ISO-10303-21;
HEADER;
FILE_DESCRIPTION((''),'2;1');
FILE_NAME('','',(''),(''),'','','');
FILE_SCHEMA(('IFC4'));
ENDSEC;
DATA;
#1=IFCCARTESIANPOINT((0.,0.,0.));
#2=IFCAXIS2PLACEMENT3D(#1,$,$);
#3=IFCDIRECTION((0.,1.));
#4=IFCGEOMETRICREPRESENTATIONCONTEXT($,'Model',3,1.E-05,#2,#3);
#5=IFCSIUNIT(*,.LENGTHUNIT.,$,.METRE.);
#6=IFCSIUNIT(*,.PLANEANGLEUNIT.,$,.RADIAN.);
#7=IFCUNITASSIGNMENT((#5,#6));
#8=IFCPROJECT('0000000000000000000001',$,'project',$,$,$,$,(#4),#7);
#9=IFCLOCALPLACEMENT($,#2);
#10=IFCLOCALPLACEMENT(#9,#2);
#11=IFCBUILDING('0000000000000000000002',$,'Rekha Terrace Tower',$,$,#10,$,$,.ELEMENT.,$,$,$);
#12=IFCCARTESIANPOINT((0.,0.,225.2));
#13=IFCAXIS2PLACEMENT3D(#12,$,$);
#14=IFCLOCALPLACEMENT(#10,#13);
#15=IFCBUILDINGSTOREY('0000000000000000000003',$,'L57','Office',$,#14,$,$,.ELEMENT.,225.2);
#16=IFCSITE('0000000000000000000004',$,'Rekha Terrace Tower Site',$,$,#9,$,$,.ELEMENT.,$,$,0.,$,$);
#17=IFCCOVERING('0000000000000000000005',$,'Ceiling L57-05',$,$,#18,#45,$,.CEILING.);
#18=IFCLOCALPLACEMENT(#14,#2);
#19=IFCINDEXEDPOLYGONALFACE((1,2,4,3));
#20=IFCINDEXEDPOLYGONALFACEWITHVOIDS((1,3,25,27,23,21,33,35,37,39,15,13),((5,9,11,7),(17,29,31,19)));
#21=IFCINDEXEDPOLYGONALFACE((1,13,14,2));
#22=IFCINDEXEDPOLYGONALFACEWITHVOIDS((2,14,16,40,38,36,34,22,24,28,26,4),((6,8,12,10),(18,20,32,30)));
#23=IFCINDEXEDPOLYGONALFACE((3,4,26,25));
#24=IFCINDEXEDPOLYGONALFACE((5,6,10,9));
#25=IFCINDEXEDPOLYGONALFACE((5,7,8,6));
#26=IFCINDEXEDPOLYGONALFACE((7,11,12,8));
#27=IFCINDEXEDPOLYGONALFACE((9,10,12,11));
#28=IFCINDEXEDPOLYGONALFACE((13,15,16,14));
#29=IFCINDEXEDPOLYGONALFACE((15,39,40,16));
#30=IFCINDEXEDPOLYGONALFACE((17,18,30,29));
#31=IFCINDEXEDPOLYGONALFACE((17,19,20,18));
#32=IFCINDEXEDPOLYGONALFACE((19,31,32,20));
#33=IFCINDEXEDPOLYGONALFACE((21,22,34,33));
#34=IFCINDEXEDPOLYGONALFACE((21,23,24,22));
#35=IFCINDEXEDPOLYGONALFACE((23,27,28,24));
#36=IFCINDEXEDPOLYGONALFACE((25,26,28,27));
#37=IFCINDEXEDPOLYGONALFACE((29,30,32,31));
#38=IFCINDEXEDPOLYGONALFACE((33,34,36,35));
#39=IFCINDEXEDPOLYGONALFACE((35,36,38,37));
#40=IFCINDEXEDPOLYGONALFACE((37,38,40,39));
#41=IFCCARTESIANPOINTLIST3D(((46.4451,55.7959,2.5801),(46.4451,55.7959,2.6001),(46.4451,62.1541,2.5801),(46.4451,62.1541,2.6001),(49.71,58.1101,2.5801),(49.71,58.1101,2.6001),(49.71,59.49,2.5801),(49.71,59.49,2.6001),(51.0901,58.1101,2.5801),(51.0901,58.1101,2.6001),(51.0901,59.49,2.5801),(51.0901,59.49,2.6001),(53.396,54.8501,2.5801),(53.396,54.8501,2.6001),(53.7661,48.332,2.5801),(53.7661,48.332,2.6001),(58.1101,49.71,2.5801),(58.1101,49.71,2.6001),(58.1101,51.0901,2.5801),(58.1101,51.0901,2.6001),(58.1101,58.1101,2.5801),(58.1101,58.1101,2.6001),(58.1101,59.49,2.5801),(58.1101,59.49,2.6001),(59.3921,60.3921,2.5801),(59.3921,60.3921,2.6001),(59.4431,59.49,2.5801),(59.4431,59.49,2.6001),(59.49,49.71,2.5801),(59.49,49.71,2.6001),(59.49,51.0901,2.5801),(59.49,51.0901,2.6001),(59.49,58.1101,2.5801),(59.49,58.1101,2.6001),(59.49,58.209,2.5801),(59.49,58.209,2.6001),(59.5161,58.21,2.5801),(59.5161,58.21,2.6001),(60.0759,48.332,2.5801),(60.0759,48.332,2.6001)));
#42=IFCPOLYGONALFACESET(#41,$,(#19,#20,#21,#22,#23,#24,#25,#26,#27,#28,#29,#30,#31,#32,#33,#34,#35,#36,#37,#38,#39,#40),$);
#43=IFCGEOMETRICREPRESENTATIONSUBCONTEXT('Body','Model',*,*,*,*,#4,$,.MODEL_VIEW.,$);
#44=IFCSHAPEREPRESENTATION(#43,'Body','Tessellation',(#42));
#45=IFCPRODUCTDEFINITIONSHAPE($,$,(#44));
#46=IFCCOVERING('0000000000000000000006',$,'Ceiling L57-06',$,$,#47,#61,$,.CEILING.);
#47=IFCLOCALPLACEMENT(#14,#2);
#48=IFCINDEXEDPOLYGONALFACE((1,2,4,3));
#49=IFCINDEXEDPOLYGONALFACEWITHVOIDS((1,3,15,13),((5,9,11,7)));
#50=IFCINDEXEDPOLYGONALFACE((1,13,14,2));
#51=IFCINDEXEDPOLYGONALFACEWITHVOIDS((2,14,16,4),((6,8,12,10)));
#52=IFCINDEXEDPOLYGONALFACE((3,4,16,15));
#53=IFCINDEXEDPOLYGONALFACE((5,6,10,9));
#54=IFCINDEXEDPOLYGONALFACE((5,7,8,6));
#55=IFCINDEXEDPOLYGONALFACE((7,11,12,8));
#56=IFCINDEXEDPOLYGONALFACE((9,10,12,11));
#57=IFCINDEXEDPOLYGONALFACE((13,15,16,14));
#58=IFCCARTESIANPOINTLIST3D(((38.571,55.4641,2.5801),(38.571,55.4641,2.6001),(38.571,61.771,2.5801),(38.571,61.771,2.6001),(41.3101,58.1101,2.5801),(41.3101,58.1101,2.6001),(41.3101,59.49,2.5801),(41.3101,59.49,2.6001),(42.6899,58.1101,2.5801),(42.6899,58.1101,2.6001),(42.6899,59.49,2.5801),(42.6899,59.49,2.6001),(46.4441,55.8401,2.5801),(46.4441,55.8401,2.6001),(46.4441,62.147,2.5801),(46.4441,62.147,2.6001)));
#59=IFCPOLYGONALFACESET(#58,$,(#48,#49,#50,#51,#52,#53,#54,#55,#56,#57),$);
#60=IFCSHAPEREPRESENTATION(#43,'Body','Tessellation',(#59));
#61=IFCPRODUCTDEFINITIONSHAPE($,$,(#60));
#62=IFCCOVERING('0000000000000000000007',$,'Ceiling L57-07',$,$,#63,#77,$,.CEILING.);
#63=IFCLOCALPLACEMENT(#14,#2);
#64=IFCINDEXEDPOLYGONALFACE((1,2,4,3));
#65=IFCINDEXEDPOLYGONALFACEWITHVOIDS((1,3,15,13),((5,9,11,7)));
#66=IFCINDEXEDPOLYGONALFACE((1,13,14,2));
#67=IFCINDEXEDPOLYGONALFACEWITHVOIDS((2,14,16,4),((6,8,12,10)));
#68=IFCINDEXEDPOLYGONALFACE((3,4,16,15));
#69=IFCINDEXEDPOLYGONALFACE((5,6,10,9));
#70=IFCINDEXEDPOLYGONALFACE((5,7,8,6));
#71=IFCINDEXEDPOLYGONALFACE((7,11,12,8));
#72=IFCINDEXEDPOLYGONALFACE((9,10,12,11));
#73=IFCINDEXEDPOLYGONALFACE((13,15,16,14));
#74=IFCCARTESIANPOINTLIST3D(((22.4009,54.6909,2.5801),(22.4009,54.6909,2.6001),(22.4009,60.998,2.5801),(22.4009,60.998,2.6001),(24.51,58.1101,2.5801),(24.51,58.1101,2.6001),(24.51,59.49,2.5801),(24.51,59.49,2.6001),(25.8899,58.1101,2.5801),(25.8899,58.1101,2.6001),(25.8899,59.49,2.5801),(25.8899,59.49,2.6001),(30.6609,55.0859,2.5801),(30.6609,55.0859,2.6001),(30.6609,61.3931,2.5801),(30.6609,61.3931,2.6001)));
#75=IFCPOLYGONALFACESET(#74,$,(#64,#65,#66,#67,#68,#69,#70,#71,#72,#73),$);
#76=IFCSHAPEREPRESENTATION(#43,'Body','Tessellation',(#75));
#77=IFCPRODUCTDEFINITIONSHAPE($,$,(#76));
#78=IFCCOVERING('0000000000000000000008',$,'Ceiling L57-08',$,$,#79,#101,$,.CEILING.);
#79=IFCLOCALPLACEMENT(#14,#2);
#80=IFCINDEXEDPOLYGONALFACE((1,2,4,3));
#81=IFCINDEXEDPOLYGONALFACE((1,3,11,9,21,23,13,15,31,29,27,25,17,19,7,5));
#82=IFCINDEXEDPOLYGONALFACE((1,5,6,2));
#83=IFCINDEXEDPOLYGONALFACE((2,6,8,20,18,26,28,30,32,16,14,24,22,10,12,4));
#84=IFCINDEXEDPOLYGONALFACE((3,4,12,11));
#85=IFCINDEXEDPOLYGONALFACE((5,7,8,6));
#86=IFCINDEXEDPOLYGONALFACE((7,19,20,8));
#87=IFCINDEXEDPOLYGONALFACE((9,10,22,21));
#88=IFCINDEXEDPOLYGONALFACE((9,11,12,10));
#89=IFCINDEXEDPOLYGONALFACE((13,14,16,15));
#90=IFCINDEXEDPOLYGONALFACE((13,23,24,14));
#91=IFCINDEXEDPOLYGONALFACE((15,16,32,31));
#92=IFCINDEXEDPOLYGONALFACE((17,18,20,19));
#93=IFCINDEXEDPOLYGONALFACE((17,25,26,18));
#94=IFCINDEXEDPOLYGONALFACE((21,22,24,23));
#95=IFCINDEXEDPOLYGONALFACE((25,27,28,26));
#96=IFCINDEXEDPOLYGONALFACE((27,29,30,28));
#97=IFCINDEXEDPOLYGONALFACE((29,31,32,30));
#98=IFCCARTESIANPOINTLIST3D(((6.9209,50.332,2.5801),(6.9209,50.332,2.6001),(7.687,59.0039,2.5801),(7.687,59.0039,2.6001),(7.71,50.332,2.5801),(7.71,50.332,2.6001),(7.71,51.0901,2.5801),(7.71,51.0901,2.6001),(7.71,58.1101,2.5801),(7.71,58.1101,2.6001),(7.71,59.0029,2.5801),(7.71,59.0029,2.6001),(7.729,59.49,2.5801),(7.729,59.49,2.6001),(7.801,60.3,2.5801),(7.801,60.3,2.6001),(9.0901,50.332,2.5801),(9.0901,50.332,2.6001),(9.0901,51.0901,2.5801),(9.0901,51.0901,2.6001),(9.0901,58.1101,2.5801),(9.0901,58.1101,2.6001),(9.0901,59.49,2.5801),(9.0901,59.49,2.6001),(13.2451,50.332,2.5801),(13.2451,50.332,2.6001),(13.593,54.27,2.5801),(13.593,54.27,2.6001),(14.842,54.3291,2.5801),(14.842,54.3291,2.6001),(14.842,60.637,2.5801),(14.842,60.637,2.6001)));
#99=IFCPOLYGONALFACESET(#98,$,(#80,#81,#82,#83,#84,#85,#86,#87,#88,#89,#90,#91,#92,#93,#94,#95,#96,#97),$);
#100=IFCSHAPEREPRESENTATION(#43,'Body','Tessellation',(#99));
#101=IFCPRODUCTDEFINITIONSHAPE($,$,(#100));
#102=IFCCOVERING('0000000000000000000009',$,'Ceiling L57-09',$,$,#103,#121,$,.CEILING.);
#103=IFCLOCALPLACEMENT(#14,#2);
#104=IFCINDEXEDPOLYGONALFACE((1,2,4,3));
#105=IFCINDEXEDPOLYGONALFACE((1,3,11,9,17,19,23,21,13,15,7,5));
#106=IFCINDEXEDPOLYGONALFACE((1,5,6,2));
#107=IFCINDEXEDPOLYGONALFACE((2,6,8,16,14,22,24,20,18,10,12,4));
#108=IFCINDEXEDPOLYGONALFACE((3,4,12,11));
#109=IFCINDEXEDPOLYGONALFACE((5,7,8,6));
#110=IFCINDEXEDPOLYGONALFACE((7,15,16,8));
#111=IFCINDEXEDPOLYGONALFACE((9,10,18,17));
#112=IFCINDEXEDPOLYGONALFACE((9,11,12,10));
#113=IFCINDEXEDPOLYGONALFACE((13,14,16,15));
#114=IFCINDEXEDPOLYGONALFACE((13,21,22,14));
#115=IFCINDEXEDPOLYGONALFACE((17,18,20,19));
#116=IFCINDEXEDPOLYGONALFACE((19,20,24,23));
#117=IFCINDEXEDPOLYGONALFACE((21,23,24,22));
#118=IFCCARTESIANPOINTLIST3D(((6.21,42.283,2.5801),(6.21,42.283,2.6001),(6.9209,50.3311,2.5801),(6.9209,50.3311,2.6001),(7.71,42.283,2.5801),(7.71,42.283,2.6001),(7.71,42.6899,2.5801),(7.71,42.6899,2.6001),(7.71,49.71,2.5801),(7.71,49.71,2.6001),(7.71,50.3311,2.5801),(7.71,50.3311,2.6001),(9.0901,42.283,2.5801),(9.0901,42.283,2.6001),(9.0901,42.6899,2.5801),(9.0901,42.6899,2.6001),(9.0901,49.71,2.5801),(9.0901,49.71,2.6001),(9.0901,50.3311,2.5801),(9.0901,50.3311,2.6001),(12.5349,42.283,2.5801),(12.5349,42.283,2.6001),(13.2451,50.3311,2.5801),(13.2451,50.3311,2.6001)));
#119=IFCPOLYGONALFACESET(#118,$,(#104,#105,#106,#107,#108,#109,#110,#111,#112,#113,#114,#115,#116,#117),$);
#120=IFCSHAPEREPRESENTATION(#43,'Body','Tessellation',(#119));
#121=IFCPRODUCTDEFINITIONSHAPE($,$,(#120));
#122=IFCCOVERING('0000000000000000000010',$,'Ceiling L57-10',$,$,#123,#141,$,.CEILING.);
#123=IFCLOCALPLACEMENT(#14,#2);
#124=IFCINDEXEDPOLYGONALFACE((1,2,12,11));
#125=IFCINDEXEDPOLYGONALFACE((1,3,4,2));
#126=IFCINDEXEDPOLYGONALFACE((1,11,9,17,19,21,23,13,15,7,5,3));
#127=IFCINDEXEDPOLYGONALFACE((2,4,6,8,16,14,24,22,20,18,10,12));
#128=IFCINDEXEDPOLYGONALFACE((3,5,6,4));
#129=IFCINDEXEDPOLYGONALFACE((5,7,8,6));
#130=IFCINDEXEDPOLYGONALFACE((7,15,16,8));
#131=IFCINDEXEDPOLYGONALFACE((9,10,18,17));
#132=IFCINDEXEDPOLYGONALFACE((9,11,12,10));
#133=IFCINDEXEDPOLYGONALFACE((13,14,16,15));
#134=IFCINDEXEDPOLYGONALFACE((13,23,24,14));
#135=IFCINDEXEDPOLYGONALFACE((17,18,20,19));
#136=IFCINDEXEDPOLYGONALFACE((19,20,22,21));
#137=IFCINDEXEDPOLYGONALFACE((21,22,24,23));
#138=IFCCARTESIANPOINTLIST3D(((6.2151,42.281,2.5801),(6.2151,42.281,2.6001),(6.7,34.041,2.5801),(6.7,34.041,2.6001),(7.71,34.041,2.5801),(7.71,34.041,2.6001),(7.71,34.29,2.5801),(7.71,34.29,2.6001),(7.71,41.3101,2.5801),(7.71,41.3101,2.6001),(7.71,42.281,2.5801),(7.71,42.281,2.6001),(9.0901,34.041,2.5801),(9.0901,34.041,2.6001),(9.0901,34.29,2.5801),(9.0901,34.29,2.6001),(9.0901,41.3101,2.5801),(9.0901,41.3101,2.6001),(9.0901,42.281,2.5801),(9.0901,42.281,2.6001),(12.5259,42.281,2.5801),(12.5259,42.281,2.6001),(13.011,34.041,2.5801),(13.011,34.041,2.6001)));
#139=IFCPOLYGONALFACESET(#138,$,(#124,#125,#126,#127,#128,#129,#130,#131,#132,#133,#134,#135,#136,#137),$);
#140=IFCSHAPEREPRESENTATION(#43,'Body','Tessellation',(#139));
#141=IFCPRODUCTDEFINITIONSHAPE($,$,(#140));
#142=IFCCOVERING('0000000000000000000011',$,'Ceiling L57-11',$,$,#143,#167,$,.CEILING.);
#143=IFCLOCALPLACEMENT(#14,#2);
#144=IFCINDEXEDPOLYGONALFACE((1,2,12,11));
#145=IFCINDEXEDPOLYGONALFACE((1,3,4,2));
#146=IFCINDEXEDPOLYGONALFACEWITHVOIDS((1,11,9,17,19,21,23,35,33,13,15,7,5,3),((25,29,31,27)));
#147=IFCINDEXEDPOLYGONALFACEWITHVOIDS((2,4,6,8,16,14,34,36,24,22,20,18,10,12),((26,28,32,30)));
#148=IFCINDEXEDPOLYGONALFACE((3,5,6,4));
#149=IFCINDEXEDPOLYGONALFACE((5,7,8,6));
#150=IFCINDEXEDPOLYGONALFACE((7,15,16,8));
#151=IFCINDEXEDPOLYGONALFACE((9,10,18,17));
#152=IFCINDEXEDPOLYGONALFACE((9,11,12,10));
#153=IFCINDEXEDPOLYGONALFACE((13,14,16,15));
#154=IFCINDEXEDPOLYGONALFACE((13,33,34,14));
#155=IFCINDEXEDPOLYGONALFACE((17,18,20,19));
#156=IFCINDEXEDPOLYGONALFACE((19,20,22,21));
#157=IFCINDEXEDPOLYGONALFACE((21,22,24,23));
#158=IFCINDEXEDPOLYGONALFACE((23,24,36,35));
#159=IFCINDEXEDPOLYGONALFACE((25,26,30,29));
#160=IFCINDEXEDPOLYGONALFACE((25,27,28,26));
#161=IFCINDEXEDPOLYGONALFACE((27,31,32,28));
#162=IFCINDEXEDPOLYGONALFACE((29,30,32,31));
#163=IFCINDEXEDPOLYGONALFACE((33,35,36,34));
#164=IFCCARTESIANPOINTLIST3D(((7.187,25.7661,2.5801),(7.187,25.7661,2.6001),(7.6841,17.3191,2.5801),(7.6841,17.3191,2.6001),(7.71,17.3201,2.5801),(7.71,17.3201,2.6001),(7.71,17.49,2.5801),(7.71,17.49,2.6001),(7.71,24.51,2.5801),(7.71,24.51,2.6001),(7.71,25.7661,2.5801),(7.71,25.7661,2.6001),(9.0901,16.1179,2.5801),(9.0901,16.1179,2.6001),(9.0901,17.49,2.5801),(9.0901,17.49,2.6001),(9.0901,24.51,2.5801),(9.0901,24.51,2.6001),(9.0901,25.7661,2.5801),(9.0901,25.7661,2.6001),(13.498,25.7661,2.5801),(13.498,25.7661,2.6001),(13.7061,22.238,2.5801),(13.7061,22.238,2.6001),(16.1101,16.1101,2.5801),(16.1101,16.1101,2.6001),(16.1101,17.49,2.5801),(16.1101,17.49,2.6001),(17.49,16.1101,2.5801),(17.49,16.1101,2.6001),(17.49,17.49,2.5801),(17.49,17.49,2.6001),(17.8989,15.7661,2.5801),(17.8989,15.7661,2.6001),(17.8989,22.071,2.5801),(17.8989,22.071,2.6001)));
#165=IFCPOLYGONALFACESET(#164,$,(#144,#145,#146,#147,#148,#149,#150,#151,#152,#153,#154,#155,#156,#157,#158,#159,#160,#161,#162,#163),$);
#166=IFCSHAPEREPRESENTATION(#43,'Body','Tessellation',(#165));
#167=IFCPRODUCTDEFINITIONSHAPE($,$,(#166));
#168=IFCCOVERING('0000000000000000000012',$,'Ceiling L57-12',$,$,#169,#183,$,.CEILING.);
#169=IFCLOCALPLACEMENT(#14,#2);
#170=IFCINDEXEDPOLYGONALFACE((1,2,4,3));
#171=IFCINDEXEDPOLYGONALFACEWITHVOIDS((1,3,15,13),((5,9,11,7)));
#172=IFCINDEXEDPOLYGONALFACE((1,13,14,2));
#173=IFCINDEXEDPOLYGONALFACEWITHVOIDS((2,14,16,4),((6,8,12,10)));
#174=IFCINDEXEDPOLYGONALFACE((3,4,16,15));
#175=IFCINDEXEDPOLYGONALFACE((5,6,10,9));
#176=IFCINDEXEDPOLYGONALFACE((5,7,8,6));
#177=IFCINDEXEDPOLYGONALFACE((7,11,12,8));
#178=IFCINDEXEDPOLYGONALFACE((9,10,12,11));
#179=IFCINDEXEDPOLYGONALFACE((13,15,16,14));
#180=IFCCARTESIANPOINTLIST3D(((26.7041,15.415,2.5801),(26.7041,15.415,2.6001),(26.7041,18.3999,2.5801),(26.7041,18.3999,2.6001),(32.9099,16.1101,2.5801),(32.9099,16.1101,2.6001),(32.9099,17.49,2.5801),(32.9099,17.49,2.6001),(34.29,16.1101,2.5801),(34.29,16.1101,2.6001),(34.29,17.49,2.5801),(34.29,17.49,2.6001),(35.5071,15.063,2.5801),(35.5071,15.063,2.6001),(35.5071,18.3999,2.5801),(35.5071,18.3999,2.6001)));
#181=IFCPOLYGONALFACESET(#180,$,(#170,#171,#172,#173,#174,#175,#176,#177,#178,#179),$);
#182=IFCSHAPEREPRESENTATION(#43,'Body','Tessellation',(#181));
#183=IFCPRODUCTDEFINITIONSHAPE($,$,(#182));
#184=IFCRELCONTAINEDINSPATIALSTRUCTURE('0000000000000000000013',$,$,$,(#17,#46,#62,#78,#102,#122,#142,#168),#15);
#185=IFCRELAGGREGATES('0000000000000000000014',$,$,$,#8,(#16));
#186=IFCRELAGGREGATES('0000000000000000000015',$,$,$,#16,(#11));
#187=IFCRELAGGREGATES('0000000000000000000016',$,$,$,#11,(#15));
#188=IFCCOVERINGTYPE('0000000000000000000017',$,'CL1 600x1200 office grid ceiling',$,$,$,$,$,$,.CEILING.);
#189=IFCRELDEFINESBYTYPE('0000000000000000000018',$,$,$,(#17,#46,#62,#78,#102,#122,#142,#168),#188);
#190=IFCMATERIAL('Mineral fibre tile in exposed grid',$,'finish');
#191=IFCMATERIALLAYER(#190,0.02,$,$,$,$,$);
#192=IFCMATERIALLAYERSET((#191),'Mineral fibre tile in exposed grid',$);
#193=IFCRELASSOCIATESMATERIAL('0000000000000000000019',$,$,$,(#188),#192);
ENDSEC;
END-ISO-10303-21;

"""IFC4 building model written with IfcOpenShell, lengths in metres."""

from ifc_helpers import new_model, si_unit, direction, frame, origin, place, context, subcontext, project, spatial, polyline, outline, extrude, material, layer, layer_set, type_object, element, save


model = new_model("IFC4")

# Units and contexts
model_context = context("Model", 3, precision=1e-05, world=origin(), true_north=direction((0.0, 1.0)))
body_context = subcontext(model_context, "Body", "Model", "MODEL_VIEW")
ifc_project = project(units=[si_unit("LENGTHUNIT", "METRE"), si_unit("PLANEANGLEUNIT", "RADIAN")], contexts=[model_context])

# Site, building, storey
site_placement = place(None, origin())
site = spatial("IfcSite", under=ifc_project, at=site_placement, Name="Rekha Terrace Tower Site", CompositionType="ELEMENT", RefElevation=0.0)
building_placement = place(site_placement, origin())
building = spatial("IfcBuilding", under=site, at=building_placement, Name="Rekha Terrace Tower", CompositionType="ELEMENT")
storey_placement = place(building_placement, frame((0.0, 0.0, 225.2)))
storey = spatial("IfcBuildingStorey", under=building, at=storey_placement, Name="L57", Description="Office", CompositionType="ELEMENT", Elevation=225.2)

# Coverings
ifc_material_1 = material(Name="Mineral fibre tile in exposed grid", Category="finish")
ifc_layer_1 = layer(ifc_material_1, 0.02)
ifc_layer_set_1 = layer_set([ifc_layer_1], Name="Mineral fibre tile in exposed grid")
covering_type_1 = type_object("IfcCoveringType", Name="CL1 600x1200 office grid ceiling", PredefinedType="CEILING", material=ifc_layer_set_1)
covering_1_placement = place(storey_placement, frame((0.0, 0.0, 2.5801)))
element("IfcCovering", 1, at=covering_1_placement, inside=storey, type_object=covering_type_1, Name="Ceiling L57-05", PredefinedType="CEILING", context=body_context, shape_type="SweptSolid", body=[
    extrude(outline(polyline([(58.1101, 59.49), (59.4431, 59.49), (59.3921, 60.3921), (46.4451, 62.1541), (46.4451, 55.7959), (53.396, 54.8501), (53.7661, 48.332), (60.0759, 48.332), (59.5161, 58.21), (59.49, 58.209), (59.49, 58.1101), (58.1101, 58.1101), (58.1101, 59.49)]), holes=[polyline([(59.49, 51.0901), (59.49, 49.71), (58.1101, 49.71), (58.1101, 51.0901), (59.49, 51.0901)]), polyline([(51.0901, 58.1101), (49.71, 58.1101), (49.71, 59.49), (51.0901, 59.49), (51.0901, 58.1101)])]), origin(), (0.0, 0.0, 1.0), 0.02),
])
covering_2_placement = place(storey_placement, frame((0.0, 0.0, 2.5801)))
element("IfcCovering", 2, at=covering_2_placement, inside=storey, type_object=covering_type_1, Name="Ceiling L57-06", PredefinedType="CEILING", context=body_context, shape_type="SweptSolid", body=[
    extrude(outline(polyline([(46.4441, 62.147), (38.571, 61.771), (38.571, 55.4641), (46.4441, 55.8401), (46.4441, 62.147)]), holes=[polyline([(42.6899, 59.49), (42.6899, 58.1101), (41.3101, 58.1101), (41.3101, 59.49), (42.6899, 59.49)])]), origin(), (0.0, 0.0, 1.0), 0.02),
])
covering_3_placement = place(storey_placement, frame((0.0, 0.0, 2.5801)))
element("IfcCovering", 3, at=covering_3_placement, inside=storey, type_object=covering_type_1, Name="Ceiling L57-07", PredefinedType="CEILING", context=body_context, shape_type="SweptSolid", body=[
    extrude(outline(polyline([(22.4009, 60.998), (22.4009, 54.6909), (30.6609, 55.0859), (30.6609, 61.3931), (22.4009, 60.998)]), holes=[polyline([(25.8899, 58.1101), (24.51, 58.1101), (24.51, 59.49), (25.8899, 59.49), (25.8899, 58.1101)])]), origin(), (0.0, 0.0, 1.0), 0.02),
])
covering_4_placement = place(storey_placement, frame((0.0, 0.0, 2.5801)))
element("IfcCovering", 4, at=covering_4_placement, inside=storey, type_object=covering_type_1, Name="Ceiling L57-08", PredefinedType="CEILING", context=body_context, shape_type="SweptSolid", body=[
    extrude(outline(polyline([(13.593, 54.27), (14.842, 54.3291), (14.842, 60.637), (7.801, 60.3), (7.729, 59.49), (9.0901, 59.49), (9.0901, 58.1101), (7.71, 58.1101), (7.71, 59.0029), (7.687, 59.0039), (6.9209, 50.332), (7.71, 50.332), (7.71, 51.0901), (9.0901, 51.0901), (9.0901, 50.332), (13.2451, 50.332), (13.593, 54.27)])), origin(), (0.0, 0.0, 1.0), 0.02),
])
covering_5_placement = place(storey_placement, frame((0.0, 0.0, 2.5801)))
element("IfcCovering", 5, at=covering_5_placement, inside=storey, type_object=covering_type_1, Name="Ceiling L57-09", PredefinedType="CEILING", context=body_context, shape_type="SweptSolid", body=[
    extrude(outline(polyline([(7.71, 49.71), (7.71, 50.3311), (6.9209, 50.3311), (6.21, 42.283), (7.71, 42.283), (7.71, 42.6899), (9.0901, 42.6899), (9.0901, 42.283), (12.5349, 42.283), (13.2451, 50.3311), (9.0901, 50.3311), (9.0901, 49.71), (7.71, 49.71)])), origin(), (0.0, 0.0, 1.0), 0.02),
])
covering_6_placement = place(storey_placement, frame((0.0, 0.0, 2.5801)))
element("IfcCovering", 6, at=covering_6_placement, inside=storey, type_object=covering_type_1, Name="Ceiling L57-10", PredefinedType="CEILING", context=body_context, shape_type="SweptSolid", body=[
    extrude(outline(polyline([(9.0901, 34.041), (13.011, 34.041), (12.5259, 42.281), (9.0901, 42.281), (9.0901, 41.3101), (7.71, 41.3101), (7.71, 42.281), (6.2151, 42.281), (6.7, 34.041), (7.71, 34.041), (7.71, 34.29), (9.0901, 34.29), (9.0901, 34.041)])), origin(), (0.0, 0.0, 1.0), 0.02),
])
covering_7_placement = place(storey_placement, frame((0.0, 0.0, 2.5801)))
element("IfcCovering", 7, at=covering_7_placement, inside=storey, type_object=covering_type_1, Name="Ceiling L57-11", PredefinedType="CEILING", context=body_context, shape_type="SweptSolid", body=[
    extrude(outline(polyline([(7.71, 24.51), (7.71, 25.7661), (7.187, 25.7661), (7.6841, 17.3191), (7.71, 17.3201), (7.71, 17.49), (9.0901, 17.49), (9.0901, 16.1179), (17.8989, 15.7661), (17.8989, 22.071), (13.7061, 22.238), (13.498, 25.7661), (9.0901, 25.7661), (9.0901, 24.51), (7.71, 24.51)]), holes=[polyline([(17.49, 17.49), (17.49, 16.1101), (16.1101, 16.1101), (16.1101, 17.49), (17.49, 17.49)])]), origin(), (0.0, 0.0, 1.0), 0.02),
])
covering_8_placement = place(storey_placement, frame((0.0, 0.0, 2.5801)))
element("IfcCovering", 8, at=covering_8_placement, inside=storey, type_object=covering_type_1, Name="Ceiling L57-12", PredefinedType="CEILING", context=body_context, shape_type="SweptSolid", body=[
    extrude(outline(polyline([(35.5071, 15.063), (35.5071, 18.3999), (26.7041, 18.3999), (26.7041, 15.415), (35.5071, 15.063)]), holes=[polyline([(34.29, 16.1101), (32.9099, 16.1101), (32.9099, 17.49), (34.29, 17.49), (34.29, 16.1101)])]), origin(), (0.0, 0.0, 1.0), 0.02),
])

save(model, "model.ifc")
